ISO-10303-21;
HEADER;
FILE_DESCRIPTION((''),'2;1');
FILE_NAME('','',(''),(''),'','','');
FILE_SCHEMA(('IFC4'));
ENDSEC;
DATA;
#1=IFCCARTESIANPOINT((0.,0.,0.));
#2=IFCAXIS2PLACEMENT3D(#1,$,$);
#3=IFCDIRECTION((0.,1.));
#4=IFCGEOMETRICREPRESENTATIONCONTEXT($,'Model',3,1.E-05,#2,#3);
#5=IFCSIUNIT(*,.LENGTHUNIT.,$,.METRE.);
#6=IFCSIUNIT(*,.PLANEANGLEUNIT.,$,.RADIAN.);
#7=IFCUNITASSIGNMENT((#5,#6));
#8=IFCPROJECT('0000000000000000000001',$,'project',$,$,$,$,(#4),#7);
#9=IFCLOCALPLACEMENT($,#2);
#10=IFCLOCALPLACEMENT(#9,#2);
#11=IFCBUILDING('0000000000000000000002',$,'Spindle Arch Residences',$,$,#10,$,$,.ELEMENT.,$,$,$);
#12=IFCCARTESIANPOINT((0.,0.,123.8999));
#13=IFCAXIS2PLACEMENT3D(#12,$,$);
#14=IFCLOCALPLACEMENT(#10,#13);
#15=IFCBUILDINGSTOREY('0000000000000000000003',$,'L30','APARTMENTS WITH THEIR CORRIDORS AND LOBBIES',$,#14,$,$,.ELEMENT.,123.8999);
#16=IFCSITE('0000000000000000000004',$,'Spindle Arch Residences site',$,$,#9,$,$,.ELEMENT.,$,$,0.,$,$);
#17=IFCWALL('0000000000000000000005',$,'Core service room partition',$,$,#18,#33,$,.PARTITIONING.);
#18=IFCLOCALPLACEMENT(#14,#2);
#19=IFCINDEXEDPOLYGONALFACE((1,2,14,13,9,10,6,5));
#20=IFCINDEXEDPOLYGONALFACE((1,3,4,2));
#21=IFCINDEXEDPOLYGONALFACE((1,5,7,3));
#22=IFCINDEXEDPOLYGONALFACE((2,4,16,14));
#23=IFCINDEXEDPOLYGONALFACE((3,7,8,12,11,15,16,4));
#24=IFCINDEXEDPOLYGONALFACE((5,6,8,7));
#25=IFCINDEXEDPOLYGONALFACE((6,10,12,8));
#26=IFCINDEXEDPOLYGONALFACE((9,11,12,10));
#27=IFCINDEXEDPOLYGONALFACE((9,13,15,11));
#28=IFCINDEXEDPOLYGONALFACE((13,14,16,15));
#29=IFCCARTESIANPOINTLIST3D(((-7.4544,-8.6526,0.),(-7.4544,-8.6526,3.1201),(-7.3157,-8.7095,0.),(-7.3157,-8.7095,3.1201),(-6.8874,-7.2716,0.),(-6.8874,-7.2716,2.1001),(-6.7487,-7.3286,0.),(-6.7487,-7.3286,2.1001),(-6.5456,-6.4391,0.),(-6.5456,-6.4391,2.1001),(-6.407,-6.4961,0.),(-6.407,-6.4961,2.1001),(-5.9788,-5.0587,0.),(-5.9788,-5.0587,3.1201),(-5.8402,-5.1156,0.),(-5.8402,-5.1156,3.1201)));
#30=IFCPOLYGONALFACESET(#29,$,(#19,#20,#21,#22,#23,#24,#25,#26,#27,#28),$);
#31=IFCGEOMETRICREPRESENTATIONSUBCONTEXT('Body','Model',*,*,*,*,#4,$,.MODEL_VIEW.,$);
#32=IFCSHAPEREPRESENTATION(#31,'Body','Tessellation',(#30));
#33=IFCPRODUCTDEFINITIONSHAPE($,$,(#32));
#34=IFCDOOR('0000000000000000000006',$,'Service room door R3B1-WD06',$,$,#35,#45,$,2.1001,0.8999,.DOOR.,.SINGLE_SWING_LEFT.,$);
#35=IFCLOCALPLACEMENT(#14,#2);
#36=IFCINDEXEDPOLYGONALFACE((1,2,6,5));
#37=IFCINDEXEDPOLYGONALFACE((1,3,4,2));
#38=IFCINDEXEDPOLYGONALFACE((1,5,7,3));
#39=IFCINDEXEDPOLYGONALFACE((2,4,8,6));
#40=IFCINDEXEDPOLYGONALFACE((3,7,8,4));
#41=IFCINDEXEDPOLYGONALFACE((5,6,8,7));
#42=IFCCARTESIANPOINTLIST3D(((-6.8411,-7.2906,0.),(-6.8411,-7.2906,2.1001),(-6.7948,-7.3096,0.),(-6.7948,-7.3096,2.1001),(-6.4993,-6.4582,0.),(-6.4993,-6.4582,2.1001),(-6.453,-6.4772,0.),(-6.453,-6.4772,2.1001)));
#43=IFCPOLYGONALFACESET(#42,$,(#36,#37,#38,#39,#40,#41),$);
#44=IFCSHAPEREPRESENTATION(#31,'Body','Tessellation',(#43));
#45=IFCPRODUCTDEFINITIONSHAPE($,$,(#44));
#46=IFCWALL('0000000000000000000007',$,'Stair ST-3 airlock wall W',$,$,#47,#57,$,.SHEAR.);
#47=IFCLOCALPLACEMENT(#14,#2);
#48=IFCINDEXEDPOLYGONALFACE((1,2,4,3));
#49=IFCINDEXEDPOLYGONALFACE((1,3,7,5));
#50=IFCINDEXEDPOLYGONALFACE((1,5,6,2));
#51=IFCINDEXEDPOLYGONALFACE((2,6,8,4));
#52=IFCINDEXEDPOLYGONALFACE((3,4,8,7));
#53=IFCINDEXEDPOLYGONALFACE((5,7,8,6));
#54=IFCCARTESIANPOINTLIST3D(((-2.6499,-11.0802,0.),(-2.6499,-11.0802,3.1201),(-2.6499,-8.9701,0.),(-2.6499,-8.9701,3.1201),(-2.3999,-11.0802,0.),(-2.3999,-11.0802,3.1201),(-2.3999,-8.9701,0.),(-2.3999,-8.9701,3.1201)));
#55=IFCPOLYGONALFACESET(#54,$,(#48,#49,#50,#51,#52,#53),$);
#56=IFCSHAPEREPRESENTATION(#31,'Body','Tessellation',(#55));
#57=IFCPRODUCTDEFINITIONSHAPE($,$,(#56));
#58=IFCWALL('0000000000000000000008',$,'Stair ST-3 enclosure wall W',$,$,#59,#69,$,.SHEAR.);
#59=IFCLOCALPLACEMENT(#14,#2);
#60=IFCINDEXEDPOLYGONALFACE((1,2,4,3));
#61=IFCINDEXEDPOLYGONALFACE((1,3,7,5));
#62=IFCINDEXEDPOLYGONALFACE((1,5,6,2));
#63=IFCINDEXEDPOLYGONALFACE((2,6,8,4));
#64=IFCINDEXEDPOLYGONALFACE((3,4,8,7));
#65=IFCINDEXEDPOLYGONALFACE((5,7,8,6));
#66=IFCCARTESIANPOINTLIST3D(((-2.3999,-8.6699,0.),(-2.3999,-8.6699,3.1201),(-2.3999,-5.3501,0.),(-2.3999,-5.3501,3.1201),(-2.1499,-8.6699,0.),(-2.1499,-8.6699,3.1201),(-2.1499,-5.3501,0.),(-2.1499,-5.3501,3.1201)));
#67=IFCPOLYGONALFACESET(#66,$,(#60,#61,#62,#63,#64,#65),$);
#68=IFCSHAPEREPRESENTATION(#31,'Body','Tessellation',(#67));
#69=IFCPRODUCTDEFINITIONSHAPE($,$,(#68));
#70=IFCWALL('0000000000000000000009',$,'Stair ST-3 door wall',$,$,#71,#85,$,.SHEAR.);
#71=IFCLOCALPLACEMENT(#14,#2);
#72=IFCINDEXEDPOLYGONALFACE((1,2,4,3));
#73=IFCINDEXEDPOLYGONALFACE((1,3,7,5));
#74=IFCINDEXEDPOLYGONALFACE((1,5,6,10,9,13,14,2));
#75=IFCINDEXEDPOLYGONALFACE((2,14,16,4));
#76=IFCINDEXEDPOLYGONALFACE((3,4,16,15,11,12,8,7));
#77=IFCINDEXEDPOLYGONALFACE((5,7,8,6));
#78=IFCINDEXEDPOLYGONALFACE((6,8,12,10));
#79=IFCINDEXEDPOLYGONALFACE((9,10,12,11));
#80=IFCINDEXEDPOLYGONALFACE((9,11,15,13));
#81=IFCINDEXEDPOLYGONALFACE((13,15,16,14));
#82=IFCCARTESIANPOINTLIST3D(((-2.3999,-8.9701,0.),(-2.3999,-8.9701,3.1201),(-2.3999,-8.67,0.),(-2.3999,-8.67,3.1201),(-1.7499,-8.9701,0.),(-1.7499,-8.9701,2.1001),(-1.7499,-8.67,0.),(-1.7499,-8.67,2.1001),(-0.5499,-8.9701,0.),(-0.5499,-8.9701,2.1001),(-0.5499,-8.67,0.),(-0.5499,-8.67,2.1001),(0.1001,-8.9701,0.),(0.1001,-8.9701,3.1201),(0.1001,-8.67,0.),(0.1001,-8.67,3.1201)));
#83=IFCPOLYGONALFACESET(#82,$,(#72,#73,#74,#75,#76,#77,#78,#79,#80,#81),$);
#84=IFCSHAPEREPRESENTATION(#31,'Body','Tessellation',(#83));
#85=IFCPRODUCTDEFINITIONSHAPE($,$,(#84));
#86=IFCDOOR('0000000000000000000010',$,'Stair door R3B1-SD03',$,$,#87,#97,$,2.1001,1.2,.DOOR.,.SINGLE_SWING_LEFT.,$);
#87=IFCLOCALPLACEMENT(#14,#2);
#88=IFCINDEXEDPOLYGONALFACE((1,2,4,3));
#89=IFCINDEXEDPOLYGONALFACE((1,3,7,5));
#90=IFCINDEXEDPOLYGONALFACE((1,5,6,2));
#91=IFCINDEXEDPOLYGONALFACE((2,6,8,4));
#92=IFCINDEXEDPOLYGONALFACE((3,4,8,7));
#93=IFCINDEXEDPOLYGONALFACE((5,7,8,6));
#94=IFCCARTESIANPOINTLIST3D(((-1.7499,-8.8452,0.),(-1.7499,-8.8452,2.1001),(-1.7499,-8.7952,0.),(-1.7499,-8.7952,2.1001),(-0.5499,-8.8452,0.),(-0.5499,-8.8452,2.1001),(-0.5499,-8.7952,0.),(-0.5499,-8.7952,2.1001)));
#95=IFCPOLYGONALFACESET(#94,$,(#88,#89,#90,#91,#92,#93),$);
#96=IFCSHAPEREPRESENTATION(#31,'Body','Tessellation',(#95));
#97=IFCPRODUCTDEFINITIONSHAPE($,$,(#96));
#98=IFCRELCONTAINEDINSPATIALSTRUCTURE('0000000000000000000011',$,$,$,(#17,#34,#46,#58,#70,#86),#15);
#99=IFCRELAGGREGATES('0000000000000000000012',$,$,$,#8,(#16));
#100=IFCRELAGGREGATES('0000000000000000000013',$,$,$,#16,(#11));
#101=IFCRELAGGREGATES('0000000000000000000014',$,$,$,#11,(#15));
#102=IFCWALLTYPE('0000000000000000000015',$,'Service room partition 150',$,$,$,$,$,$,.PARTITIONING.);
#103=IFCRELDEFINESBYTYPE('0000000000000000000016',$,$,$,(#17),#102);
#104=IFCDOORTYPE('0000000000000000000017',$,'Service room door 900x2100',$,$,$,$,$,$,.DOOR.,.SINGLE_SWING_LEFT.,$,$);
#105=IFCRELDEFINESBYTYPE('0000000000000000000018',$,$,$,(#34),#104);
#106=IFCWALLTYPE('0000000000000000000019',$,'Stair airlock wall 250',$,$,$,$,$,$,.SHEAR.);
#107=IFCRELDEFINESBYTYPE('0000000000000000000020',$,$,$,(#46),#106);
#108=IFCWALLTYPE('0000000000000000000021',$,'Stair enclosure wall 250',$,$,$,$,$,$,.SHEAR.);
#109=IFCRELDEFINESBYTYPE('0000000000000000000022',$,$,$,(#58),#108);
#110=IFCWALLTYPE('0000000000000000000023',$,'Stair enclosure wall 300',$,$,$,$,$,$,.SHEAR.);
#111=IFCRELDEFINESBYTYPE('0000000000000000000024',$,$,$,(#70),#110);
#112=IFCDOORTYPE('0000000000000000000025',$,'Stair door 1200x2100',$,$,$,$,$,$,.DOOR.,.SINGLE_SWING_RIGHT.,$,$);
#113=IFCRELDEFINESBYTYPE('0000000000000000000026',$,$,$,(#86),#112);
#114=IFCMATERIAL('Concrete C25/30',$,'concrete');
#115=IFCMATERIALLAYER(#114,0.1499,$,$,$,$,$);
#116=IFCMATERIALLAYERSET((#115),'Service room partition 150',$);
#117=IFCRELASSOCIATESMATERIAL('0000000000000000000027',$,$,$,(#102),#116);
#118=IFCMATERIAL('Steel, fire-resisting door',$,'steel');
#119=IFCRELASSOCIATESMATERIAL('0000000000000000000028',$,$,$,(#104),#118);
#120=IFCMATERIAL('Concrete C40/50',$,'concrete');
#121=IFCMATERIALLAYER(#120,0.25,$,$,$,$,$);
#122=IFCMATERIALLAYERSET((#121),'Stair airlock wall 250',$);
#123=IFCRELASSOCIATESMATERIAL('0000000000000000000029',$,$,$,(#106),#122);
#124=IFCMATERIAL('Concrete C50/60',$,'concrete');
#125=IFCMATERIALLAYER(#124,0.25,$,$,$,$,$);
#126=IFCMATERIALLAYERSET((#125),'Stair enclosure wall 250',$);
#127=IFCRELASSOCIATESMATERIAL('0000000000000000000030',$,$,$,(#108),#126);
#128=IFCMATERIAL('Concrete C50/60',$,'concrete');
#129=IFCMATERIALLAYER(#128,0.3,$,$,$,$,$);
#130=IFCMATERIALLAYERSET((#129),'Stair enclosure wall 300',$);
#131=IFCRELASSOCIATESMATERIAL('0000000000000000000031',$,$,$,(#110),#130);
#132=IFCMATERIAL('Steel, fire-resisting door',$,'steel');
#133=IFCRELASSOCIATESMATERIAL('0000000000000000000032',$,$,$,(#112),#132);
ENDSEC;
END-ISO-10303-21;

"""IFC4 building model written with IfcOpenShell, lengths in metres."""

from ifc_helpers import new_model, si_unit, direction, frame, frame_2d, origin, place, context, subcontext, project, spatial, rectangle, extrude, material, layer, layer_set, type_object, element, fill, save


model = new_model("IFC4")

# Units and contexts
model_context = context("Model", 3, precision=1e-05, world=origin(), true_north=direction((0.0, 1.0)))
body_context = subcontext(model_context, "Body", "Model", "MODEL_VIEW")
ifc_project = project(units=[si_unit("LENGTHUNIT", "METRE"), si_unit("PLANEANGLEUNIT", "RADIAN")], contexts=[model_context])

# Site, building, storey
site_placement = place(None, origin())
site = spatial("IfcSite", under=ifc_project, at=site_placement, Name="Spindle Arch Residences site", CompositionType="ELEMENT", RefElevation=0.0)
building_placement = place(site_placement, origin())
building = spatial("IfcBuilding", under=site, at=building_placement, Name="Spindle Arch Residences", CompositionType="ELEMENT")
storey_placement = place(building_placement, frame((0.0, 0.0, 123.8999)))
storey = spatial("IfcBuildingStorey", under=building, at=storey_placement, Name="L30", Description="APARTMENTS WITH THEIR CORRIDORS AND LOBBIES", CompositionType="ELEMENT", Elevation=123.8999)

# Wall, opening, door
ifc_material_1 = material(Name="Concrete C25/30", Category="concrete")
ifc_layer_1 = layer(ifc_material_1, 0.1499)
ifc_layer_set_1 = layer_set([ifc_layer_1], Name="Service room partition 150")
wall_type_1 = type_object("IfcWallType", Name="Service room partition 150", PredefinedType="PARTITIONING", material=ifc_layer_set_1)
wall_1_placement = place(storey_placement, frame((-7.385, -8.6809, 0.0), z_axis=(0.0, 0.0, 1.0), x_axis=(0.379805, 0.925067, 0.0)))
wall_1 = element("IfcWall", 1, at=wall_1_placement, inside=storey, type_object=wall_type_1, Name="Core service room partition", PredefinedType="PARTITIONING", context=body_context, shape_type="SweptSolid", body=[
    extrude(rectangle(XDim=3.885, YDim=0.1499, at=frame_2d((1.9424, 0.0))), origin(), (0.0, 0.0, 1.0), 3.1201),
])
opening_1_placement = place(wall_1_placement, frame((1.4927, 0.0, 0.0)))
opening_1 = element("IfcOpeningElement", 2, at=opening_1_placement, cuts=wall_1, PredefinedType="OPENING", context=body_context, shape_type="SweptSolid", body=[
    extrude(rectangle(XDim=0.8999, YDim=2.1001, at=frame_2d((0.45, 1.05))), frame((0.0, 0.085, 0.0), z_axis=(0.0, -1.0, 0.0), x_axis=(1.0, 0.0, 0.0)), (0.0, 0.0, 1.0), 0.1699),
])
ifc_material_2 = material(Name="Steel, fire-resisting door", Category="steel")
door_type_1 = type_object("IfcDoorType", Name="Service room door 900x2100", OperationType="SINGLE_SWING_LEFT", PredefinedType="DOOR", material=ifc_material_2)
door_1_placement = place(opening_1_placement, origin())
door_1 = element("IfcDoor", 3, at=door_1_placement, inside=storey, type_object=door_type_1, Name="Service room door R3B1-WD06", OperationType="SINGLE_SWING_LEFT", OverallHeight=2.1001, OverallWidth=0.8999, PredefinedType="DOOR", context=body_context, shape_type="SweptSolid", body=[
    extrude(rectangle(XDim=0.8999, YDim=2.1001, at=frame_2d((0.45, 1.05))), frame((0.0, 0.0249, 0.0), z_axis=(0.0, -1.0, 0.0), x_axis=(1.0, 0.0, 0.0)), (0.0, 0.0, 1.0), 0.05),
])
fill(opening_1, door_1)

# Walls
ifc_material_3 = material(Name="Concrete C40/50", Category="concrete")
ifc_layer_2 = layer(ifc_material_3, 0.25)
ifc_layer_set_2 = layer_set([ifc_layer_2], Name="Stair airlock wall 250")
wall_type_2 = type_object("IfcWallType", Name="Stair airlock wall 250", PredefinedType="SHEAR", material=ifc_layer_set_2)
wall_2_placement = place(storey_placement, frame((-2.5249, -8.97, 0.0), z_axis=(0.0, 0.0, 1.0), x_axis=(0.0, -1.0, 0.0)))
element("IfcWall", 4, at=wall_2_placement, inside=storey, type_object=wall_type_2, Name="Stair ST-3 airlock wall W", PredefinedType="SHEAR", context=body_context, shape_type="SweptSolid", body=[
    extrude(rectangle(XDim=2.1101, YDim=0.25, at=frame_2d((1.0552, 0.0))), origin(), (0.0, 0.0, 1.0), 3.1201),
])
ifc_material_4 = material(Name="Concrete C50/60", Category="concrete")
ifc_layer_3 = layer(ifc_material_4, 0.25)
ifc_layer_set_3 = layer_set([ifc_layer_3], Name="Stair enclosure wall 250")
wall_type_3 = type_object("IfcWallType", Name="Stair enclosure wall 250", PredefinedType="SHEAR", material=ifc_layer_set_3)
wall_3_placement = place(storey_placement, frame((-2.2749, -8.6699, 0.0), z_axis=(0.0, 0.0, 1.0), x_axis=(0.0, 1.0, 0.0)))
element("IfcWall", 5, at=wall_3_placement, inside=storey, type_object=wall_type_3, Name="Stair ST-3 enclosure wall W", PredefinedType="SHEAR", context=body_context, shape_type="SweptSolid", body=[
    extrude(rectangle(XDim=3.3198, YDim=0.25, at=frame_2d((1.6599, 0.0))), origin(), (0.0, 0.0, 1.0), 3.1201),
])

# Wall, opening, door
ifc_material_5 = material(Name="Concrete C50/60", Category="concrete")
ifc_layer_4 = layer(ifc_material_5, 0.3)
ifc_layer_set_4 = layer_set([ifc_layer_4], Name="Stair enclosure wall 300")
wall_type_4 = type_object("IfcWallType", Name="Stair enclosure wall 300", PredefinedType="SHEAR", material=ifc_layer_set_4)
wall_4_placement = place(storey_placement, frame((-2.3999, -8.8201, 0.0), z_axis=(0.0, 0.0, 1.0), x_axis=(1.0, 0.0, 0.0)))
wall_4 = element("IfcWall", 6, at=wall_4_placement, inside=storey, type_object=wall_type_4, Name="Stair ST-3 door wall", PredefinedType="SHEAR", context=body_context, shape_type="SweptSolid", body=[
    extrude(rectangle(XDim=2.5, YDim=0.3, at=frame_2d((1.25, 0.0))), origin(), (0.0, 0.0, 1.0), 3.1201),
])
opening_2_placement = place(wall_4_placement, frame((0.6499, 0.0, 0.0)))
opening_2 = element("IfcOpeningElement", 7, at=opening_2_placement, cuts=wall_4, PredefinedType="OPENING", context=body_context, shape_type="SweptSolid", body=[
    extrude(rectangle(XDim=1.2, YDim=2.1001, at=frame_2d((0.6001, 1.05))), frame((0.0, 0.1602, 0.0), z_axis=(0.0, -1.0, 0.0), x_axis=(1.0, 0.0, 0.0)), (0.0, 0.0, 1.0), 0.3201),
])
ifc_material_6 = material(Name="Steel, fire-resisting door", Category="steel")
door_type_2 = type_object("IfcDoorType", Name="Stair door 1200x2100", OperationType="SINGLE_SWING_RIGHT", PredefinedType="DOOR", material=ifc_material_6)
door_2_placement = place(opening_2_placement, origin())
door_2 = element("IfcDoor", 8, at=door_2_placement, inside=storey, type_object=door_type_2, Name="Stair door R3B1-SD03", OperationType="SINGLE_SWING_LEFT", OverallHeight=2.1001, OverallWidth=1.2, PredefinedType="DOOR", context=body_context, shape_type="SweptSolid", body=[
    extrude(rectangle(XDim=1.2, YDim=2.1001, at=frame_2d((0.6001, 1.05))), frame((0.0, 0.0249, 0.0), z_axis=(0.0, -1.0, 0.0), x_axis=(1.0, 0.0, 0.0)), (0.0, 0.0, 1.0), 0.05),
])
fill(opening_2, door_2)

save(model, "model.ifc")
